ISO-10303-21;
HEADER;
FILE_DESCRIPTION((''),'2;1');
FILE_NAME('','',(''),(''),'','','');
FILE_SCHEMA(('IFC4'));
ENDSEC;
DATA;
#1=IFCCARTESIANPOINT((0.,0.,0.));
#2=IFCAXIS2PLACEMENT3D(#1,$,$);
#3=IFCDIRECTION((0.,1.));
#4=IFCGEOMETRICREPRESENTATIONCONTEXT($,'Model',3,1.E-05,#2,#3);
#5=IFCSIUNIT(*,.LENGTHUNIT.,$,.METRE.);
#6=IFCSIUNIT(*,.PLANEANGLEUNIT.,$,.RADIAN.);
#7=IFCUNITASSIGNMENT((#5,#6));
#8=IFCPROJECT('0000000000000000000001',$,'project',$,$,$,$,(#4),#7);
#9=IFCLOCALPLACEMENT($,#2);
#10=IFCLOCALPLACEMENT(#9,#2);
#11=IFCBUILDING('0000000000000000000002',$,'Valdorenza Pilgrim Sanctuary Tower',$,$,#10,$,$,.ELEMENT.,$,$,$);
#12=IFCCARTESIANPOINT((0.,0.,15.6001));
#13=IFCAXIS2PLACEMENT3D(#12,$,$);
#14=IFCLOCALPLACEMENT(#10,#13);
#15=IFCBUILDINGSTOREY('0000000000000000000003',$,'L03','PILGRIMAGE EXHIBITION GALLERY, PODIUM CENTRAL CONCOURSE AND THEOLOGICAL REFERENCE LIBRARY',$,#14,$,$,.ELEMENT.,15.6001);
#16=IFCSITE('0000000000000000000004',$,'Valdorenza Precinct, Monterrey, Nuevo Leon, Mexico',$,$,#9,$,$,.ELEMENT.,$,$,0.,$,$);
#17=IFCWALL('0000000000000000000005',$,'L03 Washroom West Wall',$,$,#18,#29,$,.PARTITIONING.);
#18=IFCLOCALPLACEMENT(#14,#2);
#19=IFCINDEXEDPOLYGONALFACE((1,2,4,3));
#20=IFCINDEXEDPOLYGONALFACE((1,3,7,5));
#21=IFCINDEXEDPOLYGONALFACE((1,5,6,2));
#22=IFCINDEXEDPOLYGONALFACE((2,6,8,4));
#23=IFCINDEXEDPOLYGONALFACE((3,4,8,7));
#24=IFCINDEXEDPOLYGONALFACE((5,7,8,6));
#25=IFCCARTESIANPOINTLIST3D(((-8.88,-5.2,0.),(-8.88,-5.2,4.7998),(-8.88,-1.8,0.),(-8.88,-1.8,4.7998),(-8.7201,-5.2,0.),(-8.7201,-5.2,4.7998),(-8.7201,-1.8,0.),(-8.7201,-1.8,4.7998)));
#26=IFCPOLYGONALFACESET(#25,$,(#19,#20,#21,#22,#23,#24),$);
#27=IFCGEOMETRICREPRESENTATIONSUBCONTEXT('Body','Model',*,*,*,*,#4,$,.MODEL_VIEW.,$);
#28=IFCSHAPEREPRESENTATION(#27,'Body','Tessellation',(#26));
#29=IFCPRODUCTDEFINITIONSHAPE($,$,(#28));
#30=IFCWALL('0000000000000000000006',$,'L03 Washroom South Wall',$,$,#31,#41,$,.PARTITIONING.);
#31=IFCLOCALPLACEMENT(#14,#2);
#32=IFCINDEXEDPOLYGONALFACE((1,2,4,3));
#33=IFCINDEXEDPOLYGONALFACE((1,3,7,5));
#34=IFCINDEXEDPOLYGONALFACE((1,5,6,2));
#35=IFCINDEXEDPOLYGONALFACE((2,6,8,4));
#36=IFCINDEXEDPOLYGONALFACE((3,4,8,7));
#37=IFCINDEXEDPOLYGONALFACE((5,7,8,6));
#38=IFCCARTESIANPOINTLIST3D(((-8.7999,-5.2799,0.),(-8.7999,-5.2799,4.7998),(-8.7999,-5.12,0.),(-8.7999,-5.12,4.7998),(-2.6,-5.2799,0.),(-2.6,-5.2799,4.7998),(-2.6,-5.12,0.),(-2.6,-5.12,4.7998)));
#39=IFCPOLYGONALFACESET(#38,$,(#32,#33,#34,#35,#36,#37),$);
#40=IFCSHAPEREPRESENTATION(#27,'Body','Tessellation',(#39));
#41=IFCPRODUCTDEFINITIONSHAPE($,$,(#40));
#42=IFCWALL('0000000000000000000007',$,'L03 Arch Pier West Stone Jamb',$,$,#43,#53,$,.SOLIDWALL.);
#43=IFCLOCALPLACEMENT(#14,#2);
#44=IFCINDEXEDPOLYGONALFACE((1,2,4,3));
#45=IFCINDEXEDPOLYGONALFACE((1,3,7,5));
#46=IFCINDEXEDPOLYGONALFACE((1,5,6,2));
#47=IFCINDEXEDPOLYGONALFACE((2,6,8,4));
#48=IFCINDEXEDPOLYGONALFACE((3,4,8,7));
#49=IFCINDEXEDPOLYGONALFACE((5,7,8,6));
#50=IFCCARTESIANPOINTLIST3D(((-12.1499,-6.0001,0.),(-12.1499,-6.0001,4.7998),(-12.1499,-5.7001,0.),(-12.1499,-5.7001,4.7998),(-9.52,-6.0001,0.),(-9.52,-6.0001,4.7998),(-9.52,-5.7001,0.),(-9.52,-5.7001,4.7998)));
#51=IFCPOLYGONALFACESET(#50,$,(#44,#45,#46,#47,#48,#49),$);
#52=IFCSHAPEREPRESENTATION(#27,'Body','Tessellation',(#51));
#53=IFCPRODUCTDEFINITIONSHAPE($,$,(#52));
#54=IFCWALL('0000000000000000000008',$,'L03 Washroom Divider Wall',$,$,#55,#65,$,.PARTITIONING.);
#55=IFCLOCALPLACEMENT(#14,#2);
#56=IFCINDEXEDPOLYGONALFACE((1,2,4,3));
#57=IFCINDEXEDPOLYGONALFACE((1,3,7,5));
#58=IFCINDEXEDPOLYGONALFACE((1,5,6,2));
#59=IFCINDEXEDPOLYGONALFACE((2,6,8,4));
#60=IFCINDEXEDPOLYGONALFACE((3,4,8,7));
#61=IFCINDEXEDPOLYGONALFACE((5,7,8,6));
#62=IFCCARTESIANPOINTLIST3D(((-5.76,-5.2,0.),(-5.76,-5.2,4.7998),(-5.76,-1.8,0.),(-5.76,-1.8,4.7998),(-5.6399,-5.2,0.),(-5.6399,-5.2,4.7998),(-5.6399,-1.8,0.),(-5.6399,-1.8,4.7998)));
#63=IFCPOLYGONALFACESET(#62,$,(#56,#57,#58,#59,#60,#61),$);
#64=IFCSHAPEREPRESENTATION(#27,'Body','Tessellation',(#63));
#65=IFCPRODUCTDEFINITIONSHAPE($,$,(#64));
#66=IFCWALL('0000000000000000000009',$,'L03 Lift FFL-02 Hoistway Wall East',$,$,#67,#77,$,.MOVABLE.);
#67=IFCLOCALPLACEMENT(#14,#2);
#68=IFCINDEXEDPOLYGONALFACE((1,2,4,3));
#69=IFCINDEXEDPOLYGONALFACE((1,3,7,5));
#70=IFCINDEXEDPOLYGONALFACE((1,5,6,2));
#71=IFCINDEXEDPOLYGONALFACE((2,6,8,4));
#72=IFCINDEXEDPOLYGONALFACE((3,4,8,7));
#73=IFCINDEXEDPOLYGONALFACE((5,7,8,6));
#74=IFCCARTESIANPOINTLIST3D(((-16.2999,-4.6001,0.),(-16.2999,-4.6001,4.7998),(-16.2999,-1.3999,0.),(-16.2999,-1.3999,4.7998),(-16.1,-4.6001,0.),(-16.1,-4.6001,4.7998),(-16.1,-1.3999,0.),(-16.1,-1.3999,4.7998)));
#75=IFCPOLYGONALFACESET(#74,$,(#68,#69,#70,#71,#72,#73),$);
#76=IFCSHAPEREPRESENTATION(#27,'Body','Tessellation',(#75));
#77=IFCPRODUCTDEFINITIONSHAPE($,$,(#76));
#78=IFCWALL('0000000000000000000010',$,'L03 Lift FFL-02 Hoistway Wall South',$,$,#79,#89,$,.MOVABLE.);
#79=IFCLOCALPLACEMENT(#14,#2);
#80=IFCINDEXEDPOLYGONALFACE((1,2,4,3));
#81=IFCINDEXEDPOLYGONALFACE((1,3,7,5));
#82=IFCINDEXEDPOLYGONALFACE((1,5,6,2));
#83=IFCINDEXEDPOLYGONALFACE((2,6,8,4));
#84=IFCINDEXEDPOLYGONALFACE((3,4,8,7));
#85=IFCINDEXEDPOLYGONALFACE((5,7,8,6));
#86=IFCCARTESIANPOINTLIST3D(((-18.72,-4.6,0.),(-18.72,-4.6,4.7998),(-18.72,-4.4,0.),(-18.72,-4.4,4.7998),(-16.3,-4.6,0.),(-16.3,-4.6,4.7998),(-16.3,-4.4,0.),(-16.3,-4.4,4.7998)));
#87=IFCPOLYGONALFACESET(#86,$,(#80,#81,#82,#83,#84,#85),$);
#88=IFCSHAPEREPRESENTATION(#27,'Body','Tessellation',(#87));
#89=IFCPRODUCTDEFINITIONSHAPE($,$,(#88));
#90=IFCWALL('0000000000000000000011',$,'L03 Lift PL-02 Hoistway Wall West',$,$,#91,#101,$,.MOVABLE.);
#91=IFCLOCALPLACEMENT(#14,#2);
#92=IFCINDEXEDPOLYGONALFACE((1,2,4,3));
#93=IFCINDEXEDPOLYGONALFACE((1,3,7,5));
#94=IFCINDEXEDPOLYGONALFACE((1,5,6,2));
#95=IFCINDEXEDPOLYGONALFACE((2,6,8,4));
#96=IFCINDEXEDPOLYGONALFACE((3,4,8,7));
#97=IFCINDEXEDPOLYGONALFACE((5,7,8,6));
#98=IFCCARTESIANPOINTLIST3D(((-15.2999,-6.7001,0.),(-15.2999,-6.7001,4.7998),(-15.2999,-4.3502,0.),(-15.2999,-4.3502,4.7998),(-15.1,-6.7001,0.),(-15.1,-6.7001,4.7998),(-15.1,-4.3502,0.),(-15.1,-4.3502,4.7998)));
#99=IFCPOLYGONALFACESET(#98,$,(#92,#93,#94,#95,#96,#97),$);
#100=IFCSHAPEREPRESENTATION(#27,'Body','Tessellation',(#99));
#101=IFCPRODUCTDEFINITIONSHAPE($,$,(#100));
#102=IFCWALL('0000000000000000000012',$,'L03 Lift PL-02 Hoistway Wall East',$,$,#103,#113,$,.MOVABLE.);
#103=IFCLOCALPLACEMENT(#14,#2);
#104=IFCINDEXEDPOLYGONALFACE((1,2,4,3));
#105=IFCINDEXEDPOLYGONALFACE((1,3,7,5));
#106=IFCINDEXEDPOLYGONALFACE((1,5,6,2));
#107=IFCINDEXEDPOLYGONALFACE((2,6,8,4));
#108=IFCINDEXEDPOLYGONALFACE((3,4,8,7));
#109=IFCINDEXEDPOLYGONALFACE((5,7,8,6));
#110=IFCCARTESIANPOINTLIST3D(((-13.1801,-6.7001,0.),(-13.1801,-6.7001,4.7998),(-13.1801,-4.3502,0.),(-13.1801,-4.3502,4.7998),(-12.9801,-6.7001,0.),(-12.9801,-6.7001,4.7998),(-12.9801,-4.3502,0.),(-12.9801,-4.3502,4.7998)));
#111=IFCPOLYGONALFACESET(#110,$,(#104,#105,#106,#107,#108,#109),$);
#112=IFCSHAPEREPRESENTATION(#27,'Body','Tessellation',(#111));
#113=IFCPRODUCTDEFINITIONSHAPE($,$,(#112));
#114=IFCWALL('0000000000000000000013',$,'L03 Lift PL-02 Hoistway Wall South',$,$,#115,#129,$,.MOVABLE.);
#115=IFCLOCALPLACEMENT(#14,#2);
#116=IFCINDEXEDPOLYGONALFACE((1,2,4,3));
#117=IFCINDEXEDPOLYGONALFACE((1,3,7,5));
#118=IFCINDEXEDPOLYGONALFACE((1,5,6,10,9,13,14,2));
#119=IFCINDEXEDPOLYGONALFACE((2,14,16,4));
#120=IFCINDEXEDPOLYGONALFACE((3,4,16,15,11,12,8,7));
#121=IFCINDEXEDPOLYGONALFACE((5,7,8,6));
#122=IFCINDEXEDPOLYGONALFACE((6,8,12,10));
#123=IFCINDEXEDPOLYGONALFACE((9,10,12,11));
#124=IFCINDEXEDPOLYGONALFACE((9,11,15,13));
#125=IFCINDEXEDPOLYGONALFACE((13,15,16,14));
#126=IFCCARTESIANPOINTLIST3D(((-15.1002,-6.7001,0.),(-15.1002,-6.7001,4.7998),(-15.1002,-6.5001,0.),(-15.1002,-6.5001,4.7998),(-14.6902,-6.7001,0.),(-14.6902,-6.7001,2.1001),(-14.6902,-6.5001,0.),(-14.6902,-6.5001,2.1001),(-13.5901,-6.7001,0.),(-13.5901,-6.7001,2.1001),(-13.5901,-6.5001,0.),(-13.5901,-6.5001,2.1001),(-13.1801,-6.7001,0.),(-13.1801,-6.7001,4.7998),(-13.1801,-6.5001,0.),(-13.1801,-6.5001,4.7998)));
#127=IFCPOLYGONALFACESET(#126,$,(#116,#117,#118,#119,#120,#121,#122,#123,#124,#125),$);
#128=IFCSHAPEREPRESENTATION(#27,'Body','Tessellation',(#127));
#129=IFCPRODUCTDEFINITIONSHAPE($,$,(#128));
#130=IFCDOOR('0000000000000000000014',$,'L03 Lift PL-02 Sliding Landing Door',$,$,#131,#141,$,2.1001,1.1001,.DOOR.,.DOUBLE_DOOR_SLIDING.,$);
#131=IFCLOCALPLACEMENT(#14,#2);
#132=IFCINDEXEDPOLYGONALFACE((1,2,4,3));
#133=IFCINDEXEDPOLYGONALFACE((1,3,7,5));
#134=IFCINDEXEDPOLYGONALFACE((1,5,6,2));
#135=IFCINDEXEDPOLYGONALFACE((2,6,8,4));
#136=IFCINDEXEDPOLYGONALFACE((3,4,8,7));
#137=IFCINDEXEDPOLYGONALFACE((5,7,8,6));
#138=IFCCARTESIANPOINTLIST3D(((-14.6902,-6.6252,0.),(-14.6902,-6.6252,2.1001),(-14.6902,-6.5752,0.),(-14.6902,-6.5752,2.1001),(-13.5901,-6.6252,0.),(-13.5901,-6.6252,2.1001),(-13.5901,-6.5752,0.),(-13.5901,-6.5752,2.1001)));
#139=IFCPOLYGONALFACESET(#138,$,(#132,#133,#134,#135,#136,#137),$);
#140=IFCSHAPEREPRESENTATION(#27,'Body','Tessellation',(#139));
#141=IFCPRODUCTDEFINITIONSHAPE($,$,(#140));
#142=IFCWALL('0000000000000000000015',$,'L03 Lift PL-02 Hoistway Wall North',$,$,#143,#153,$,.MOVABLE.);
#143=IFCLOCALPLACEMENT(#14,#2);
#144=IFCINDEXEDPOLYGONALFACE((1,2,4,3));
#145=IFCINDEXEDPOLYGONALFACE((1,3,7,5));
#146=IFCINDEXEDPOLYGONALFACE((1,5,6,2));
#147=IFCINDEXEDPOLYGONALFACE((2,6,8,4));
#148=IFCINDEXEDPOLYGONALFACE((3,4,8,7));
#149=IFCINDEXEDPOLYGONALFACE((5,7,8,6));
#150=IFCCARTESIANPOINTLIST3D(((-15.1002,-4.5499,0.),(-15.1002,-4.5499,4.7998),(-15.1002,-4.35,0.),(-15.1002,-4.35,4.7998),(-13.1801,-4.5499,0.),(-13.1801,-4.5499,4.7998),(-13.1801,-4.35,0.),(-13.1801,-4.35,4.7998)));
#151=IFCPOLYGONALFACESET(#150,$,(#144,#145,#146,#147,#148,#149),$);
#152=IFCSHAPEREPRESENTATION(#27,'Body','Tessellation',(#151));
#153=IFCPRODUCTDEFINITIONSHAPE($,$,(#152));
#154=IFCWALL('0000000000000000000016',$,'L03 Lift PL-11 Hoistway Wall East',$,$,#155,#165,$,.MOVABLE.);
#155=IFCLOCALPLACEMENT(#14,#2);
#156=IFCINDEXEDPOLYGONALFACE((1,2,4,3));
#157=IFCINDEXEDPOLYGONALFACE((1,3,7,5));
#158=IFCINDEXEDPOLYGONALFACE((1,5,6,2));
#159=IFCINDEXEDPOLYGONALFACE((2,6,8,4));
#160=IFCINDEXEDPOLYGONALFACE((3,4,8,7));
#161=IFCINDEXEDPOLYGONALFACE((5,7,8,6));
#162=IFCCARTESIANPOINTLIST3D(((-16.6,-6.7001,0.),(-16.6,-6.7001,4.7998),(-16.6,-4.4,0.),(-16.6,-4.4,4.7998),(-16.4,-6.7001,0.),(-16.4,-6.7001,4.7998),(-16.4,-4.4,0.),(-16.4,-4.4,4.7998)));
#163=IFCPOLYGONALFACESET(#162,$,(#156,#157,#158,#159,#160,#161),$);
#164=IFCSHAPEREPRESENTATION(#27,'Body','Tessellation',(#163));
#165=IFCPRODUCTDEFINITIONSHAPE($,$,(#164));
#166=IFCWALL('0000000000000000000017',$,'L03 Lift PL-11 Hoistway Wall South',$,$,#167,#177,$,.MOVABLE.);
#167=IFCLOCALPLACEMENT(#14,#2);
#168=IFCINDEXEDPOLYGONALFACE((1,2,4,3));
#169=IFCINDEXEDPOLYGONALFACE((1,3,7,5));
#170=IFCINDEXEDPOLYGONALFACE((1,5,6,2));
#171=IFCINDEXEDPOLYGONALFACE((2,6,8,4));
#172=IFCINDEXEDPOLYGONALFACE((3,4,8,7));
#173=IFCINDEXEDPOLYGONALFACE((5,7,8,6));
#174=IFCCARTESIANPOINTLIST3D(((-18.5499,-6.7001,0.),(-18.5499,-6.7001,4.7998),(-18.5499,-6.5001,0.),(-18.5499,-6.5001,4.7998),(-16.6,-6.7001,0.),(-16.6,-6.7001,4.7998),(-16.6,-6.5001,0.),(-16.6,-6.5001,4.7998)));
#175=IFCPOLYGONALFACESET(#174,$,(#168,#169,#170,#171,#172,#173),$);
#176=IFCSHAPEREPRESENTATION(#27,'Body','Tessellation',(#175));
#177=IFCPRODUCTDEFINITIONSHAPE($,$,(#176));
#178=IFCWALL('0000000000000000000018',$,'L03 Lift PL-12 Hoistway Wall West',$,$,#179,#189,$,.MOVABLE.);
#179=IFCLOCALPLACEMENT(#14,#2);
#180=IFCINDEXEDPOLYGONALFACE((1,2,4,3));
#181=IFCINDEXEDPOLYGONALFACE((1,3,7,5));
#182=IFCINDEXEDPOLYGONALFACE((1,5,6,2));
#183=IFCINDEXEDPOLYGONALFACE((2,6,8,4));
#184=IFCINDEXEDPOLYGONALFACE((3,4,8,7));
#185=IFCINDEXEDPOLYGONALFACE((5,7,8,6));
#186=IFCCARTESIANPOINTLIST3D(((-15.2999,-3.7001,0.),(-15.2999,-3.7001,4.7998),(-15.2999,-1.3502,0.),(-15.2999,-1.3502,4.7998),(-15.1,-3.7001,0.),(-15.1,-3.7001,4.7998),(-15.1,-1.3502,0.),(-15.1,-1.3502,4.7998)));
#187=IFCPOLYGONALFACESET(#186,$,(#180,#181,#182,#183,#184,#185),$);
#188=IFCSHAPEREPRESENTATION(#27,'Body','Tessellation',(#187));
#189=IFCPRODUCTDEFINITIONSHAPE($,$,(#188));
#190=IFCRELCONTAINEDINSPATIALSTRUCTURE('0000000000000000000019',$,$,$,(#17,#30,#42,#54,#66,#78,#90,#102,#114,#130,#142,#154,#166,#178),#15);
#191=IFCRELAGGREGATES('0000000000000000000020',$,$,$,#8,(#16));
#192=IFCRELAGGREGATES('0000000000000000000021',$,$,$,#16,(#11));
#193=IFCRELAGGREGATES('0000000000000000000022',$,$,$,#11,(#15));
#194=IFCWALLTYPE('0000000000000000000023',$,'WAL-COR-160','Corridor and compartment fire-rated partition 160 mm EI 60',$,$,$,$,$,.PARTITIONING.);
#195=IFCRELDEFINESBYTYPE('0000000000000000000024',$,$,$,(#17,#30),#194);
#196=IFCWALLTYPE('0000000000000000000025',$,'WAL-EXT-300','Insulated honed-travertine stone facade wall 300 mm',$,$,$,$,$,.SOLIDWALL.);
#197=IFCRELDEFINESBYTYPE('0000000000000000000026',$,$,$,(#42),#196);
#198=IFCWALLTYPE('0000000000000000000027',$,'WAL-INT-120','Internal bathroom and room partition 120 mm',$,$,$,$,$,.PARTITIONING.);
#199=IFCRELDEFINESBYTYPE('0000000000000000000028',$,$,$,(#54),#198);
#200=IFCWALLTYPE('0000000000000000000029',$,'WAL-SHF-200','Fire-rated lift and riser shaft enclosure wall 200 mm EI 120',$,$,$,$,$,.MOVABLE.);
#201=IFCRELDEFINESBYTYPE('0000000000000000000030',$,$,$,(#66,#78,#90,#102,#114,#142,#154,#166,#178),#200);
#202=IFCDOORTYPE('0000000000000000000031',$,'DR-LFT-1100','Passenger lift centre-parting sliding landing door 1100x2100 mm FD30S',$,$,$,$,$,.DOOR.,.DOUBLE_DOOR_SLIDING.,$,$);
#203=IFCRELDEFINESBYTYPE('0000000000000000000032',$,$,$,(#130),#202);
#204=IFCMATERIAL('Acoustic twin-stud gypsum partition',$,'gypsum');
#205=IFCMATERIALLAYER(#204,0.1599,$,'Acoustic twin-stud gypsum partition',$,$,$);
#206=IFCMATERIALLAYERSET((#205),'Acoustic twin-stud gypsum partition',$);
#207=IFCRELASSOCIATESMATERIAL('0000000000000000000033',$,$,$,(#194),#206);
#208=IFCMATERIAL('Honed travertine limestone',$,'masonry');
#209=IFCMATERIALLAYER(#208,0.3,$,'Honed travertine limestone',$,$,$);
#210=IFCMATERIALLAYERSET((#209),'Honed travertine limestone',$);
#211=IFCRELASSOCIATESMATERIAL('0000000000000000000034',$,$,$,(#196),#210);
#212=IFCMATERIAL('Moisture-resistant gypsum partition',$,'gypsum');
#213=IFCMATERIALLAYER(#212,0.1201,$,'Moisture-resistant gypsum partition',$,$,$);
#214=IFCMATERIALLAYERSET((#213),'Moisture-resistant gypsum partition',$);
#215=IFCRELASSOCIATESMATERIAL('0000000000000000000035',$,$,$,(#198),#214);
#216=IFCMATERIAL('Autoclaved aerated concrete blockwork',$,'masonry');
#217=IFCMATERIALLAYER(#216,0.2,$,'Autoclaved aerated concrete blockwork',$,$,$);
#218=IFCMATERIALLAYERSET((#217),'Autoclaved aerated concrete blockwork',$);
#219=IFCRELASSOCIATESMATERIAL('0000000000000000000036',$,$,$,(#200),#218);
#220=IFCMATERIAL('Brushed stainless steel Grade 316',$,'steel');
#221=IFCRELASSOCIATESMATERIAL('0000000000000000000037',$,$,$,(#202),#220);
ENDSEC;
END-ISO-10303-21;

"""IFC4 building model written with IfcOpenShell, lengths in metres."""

from ifc_helpers import new_model, si_unit, direction, frame, frame_2d, origin, place, context, subcontext, project, spatial, rectangle, extrude, material, layer, layer_set, type_object, element, fill, save


model = new_model("IFC4")

# Units and contexts
model_context = context("Model", 3, precision=1e-05, world=origin(), true_north=direction((0.0, 1.0)))
body_context = subcontext(model_context, "Body", "Model", "MODEL_VIEW")
ifc_project = project(units=[si_unit("LENGTHUNIT", "METRE"), si_unit("PLANEANGLEUNIT", "RADIAN")], contexts=[model_context])

# Site, building, storey
site_placement = place(None, origin())
site = spatial("IfcSite", under=ifc_project, at=site_placement, Name="Valdorenza Precinct, Monterrey, Nuevo Leon, Mexico", CompositionType="ELEMENT", RefElevation=0.0)
building_placement = place(site_placement, origin())
building = spatial("IfcBuilding", under=site, at=building_placement, Name="Valdorenza Pilgrim Sanctuary Tower", CompositionType="ELEMENT")
storey_placement = place(building_placement, frame((0.0, 0.0, 15.6001)))
storey = spatial("IfcBuildingStorey", under=building, at=storey_placement, Name="L03", Description="PILGRIMAGE EXHIBITION GALLERY, PODIUM CENTRAL CONCOURSE AND THEOLOGICAL REFERENCE LIBRARY", CompositionType="ELEMENT", Elevation=15.6001)

# Shared definitions
ifc_material_1 = material(Name="Honed travertine limestone", Category="masonry")

# Walls
ifc_material_2 = material(Name="Acoustic twin-stud gypsum partition", Category="gypsum")
ifc_layer_1 = layer(ifc_material_2, 0.1599, Name="Acoustic twin-stud gypsum partition")
ifc_layer_set_1 = layer_set([ifc_layer_1], Name="Acoustic twin-stud gypsum partition")
wall_type_1 = type_object("IfcWallType", Name="WAL-COR-160", Description="Corridor and compartment fire-rated partition 160 mm EI 60", PredefinedType="PARTITIONING", material=ifc_layer_set_1)
wall_1_placement = place(storey_placement, frame((-8.8, -5.2, 0.0), z_axis=(0.0, 0.0, 1.0), x_axis=(0.0, 1.0, 0.0)))
element("IfcWall", 1, at=wall_1_placement, inside=storey, type_object=wall_type_1, Name="L03 Washroom West Wall", PredefinedType="PARTITIONING", context=body_context, shape_type="SweptSolid", body=[
    extrude(rectangle(XDim=3.3999, YDim=0.1599, at=frame_2d((1.7, 0.0))), origin(), (0.0, 0.0, 1.0), 4.7998),
])
wall_2_placement = place(storey_placement, frame((-8.8, -5.2, 0.0), z_axis=(0.0, 0.0, 1.0), x_axis=(1.0, 0.0, 0.0)))
element("IfcWall", 2, at=wall_2_placement, inside=storey, type_object=wall_type_1, Name="L03 Washroom South Wall", PredefinedType="PARTITIONING", context=body_context, shape_type="SweptSolid", body=[
    extrude(rectangle(XDim=6.2, YDim=0.1599, at=frame_2d((3.1001, 0.0))), origin(), (0.0, 0.0, 1.0), 4.7998),
])
ifc_layer_2 = layer(ifc_material_1, 0.3, Name="Honed travertine limestone")
ifc_layer_set_2 = layer_set([ifc_layer_2], Name="Honed travertine limestone")
wall_type_2 = type_object("IfcWallType", Name="WAL-EXT-300", Description="Insulated honed-travertine stone facade wall 300 mm", PredefinedType="SOLIDWALL", material=ifc_layer_set_2)
wall_3_placement = place(storey_placement, frame((-12.1499, -5.8501, 0.0), z_axis=(0.0, 0.0, 1.0), x_axis=(1.0, 0.0, 0.0)))
element("IfcWall", 3, at=wall_3_placement, inside=storey, type_object=wall_type_2, Name="L03 Arch Pier West Stone Jamb", PredefinedType="SOLIDWALL", context=body_context, shape_type="SweptSolid", body=[
    extrude(rectangle(XDim=2.6299, YDim=0.3, at=frame_2d((1.3149, 0.0))), origin(), (0.0, 0.0, 1.0), 4.7998),
])
ifc_material_3 = material(Name="Moisture-resistant gypsum partition", Category="gypsum")
ifc_layer_3 = layer(ifc_material_3, 0.1201, Name="Moisture-resistant gypsum partition")
ifc_layer_set_3 = layer_set([ifc_layer_3], Name="Moisture-resistant gypsum partition")
wall_type_3 = type_object("IfcWallType", Name="WAL-INT-120", Description="Internal bathroom and room partition 120 mm", PredefinedType="PARTITIONING", material=ifc_layer_set_3)
wall_4_placement = place(storey_placement, frame((-5.7, -5.2, 0.0), z_axis=(0.0, 0.0, 1.0), x_axis=(0.0, 1.0, 0.0)))
element("IfcWall", 4, at=wall_4_placement, inside=storey, type_object=wall_type_3, Name="L03 Washroom Divider Wall", PredefinedType="PARTITIONING", context=body_context, shape_type="SweptSolid", body=[
    extrude(rectangle(XDim=3.3999, YDim=0.1201, at=frame_2d((1.7, 0.0))), origin(), (0.0, 0.0, 1.0), 4.7998),
])
ifc_material_4 = material(Name="Autoclaved aerated concrete blockwork", Category="masonry")
ifc_layer_4 = layer(ifc_material_4, 0.2, Name="Autoclaved aerated concrete blockwork")
ifc_layer_set_4 = layer_set([ifc_layer_4], Name="Autoclaved aerated concrete blockwork")
wall_type_4 = type_object("IfcWallType", Name="WAL-SHF-200", Description="Fire-rated lift and riser shaft enclosure wall 200 mm EI 120", PredefinedType="MOVABLE", material=ifc_layer_set_4)
wall_5_placement = place(storey_placement, frame((-16.2, -4.6001, 0.0), z_axis=(0.0, 0.0, 1.0), x_axis=(0.0, 1.0, 0.0)))
element("IfcWall", 5, at=wall_5_placement, inside=storey, type_object=wall_type_4, Name="L03 Lift FFL-02 Hoistway Wall East", PredefinedType="MOVABLE", context=body_context, shape_type="SweptSolid", body=[
    extrude(rectangle(XDim=3.2002, YDim=0.2, at=frame_2d((1.6001, 0.0))), origin(), (0.0, 0.0, 1.0), 4.7998),
])
wall_6_placement = place(storey_placement, frame((-18.72, -4.5, 0.0), z_axis=(0.0, 0.0, 1.0), x_axis=(1.0, 0.0, 0.0)))
element("IfcWall", 6, at=wall_6_placement, inside=storey, type_object=wall_type_4, Name="L03 Lift FFL-02 Hoistway Wall South", PredefinedType="MOVABLE", context=body_context, shape_type="SweptSolid", body=[
    extrude(rectangle(XDim=2.4199, YDim=0.2, at=frame_2d((1.21, 0.0))), origin(), (0.0, 0.0, 1.0), 4.7998),
])
for number, where, z_axis, x_axis, name in (
    (7, (-15.2, -6.7, 0.0), (0.0, 0.0, 1.0), (0.0, 1.0, 0.0), "L03 Lift PL-02 Hoistway Wall West"),
    (8, (-13.0801, -6.7, 0.0), (0.0, 0.0, 1.0), (0.0, 1.0, 0.0), "L03 Lift PL-02 Hoistway Wall East"),
):
    element("IfcWall", number, at=place(storey_placement, frame(where, z_axis=z_axis, x_axis=x_axis)), inside=storey, type_object=wall_type_4, Name=name, PredefinedType="MOVABLE", context=body_context, shape_type="SweptSolid", body=[
        extrude(rectangle(XDim=2.3499, YDim=0.2, at=frame_2d((1.1748, 0.0))), origin(), (0.0, 0.0, 1.0), 4.7998),
    ])

# Wall, opening, door
wall_7_placement = place(storey_placement, frame((-15.1001, -6.6001, 0.0), z_axis=(0.0, 0.0, 1.0), x_axis=(1.0, 0.0, 0.0)))
wall_7 = element("IfcWall", 9, at=wall_7_placement, inside=storey, type_object=wall_type_4, Name="L03 Lift PL-02 Hoistway Wall South", PredefinedType="MOVABLE", context=body_context, shape_type="SweptSolid", body=[
    extrude(rectangle(XDim=1.9202, YDim=0.2, at=frame_2d((0.96, 0.0))), origin(), (0.0, 0.0, 1.0), 4.7998),
])
opening_placement = place(wall_7_placement, frame((0.4099, 0.0, 0.0)))
opening = element("IfcOpeningElement", 10, at=opening_placement, cuts=wall_7, PredefinedType="OPENING", context=body_context, shape_type="SweptSolid", body=[
    extrude(rectangle(XDim=1.1001, YDim=2.1001, at=frame_2d((0.55, 1.05))), frame((0.0, 0.1147, 0.0), z_axis=(0.0, -1.0, 0.0), x_axis=(1.0, 0.0, 0.0)), (0.0, 0.0, 1.0), 0.2297),
])
ifc_material_5 = material(Name="Brushed stainless steel Grade 316", Category="steel")
door_type = type_object("IfcDoorType", Name="DR-LFT-1100", Description="Passenger lift centre-parting sliding landing door 1100x2100 mm FD30S", OperationType="DOUBLE_DOOR_SLIDING", PredefinedType="DOOR", material=ifc_material_5)
door_placement = place(opening_placement, origin())
door = element("IfcDoor", 11, at=door_placement, inside=storey, type_object=door_type, Name="L03 Lift PL-02 Sliding Landing Door", OperationType="DOUBLE_DOOR_SLIDING", OverallHeight=2.1001, OverallWidth=1.1001, PredefinedType="DOOR", context=body_context, shape_type="SweptSolid", body=[
    extrude(rectangle(XDim=1.1001, YDim=2.1001, at=frame_2d((0.55, 1.05))), frame((0.0, 0.0249, 0.0), z_axis=(0.0, -1.0, 0.0), x_axis=(1.0, 0.0, 0.0)), (0.0, 0.0, 1.0), 0.05),
])
fill(opening, door)

# Walls
wall_8_placement = place(storey_placement, frame((-15.1001, -4.45, 0.0), z_axis=(0.0, 0.0, 1.0), x_axis=(1.0, 0.0, 0.0)))
element("IfcWall", 12, at=wall_8_placement, inside=storey, type_object=wall_type_4, Name="L03 Lift PL-02 Hoistway Wall North", PredefinedType="MOVABLE", context=body_context, shape_type="SweptSolid", body=[
    extrude(rectangle(XDim=1.9202, YDim=0.2, at=frame_2d((0.96, 0.0))), origin(), (0.0, 0.0, 1.0), 4.7998),
])
wall_9_placement = place(storey_placement, frame((-16.5, -6.7, 0.0), z_axis=(0.0, 0.0, 1.0), x_axis=(0.0, 1.0, 0.0)))
element("IfcWall", 13, at=wall_9_placement, inside=storey, type_object=wall_type_4, Name="L03 Lift PL-11 Hoistway Wall East", PredefinedType="MOVABLE", context=body_context, shape_type="SweptSolid", body=[
    extrude(rectangle(XDim=2.3, YDim=0.2, at=frame_2d((1.1499, 0.0))), origin(), (0.0, 0.0, 1.0), 4.7998),
])
wall_10_placement = place(storey_placement, frame((-18.55, -6.6001, 0.0), z_axis=(0.0, 0.0, 1.0), x_axis=(1.0, 0.0, 0.0)))
element("IfcWall", 14, at=wall_10_placement, inside=storey, type_object=wall_type_4, Name="L03 Lift PL-11 Hoistway Wall South", PredefinedType="MOVABLE", context=body_context, shape_type="SweptSolid", body=[
    extrude(rectangle(XDim=1.95, YDim=0.2, at=frame_2d((0.9751, 0.0))), origin(), (0.0, 0.0, 1.0), 4.7998),
])
for number, where, z_axis, x_axis, name in (
    (15, (-15.2, -3.7, 0.0), (0.0, 0.0, 1.0), (0.0, 1.0, 0.0), "L03 Lift PL-12 Hoistway Wall West"),
):
    element("IfcWall", number, at=place(storey_placement, frame(where, z_axis=z_axis, x_axis=x_axis)), inside=storey, type_object=wall_type_4, Name=name, PredefinedType="MOVABLE", context=body_context, shape_type="SweptSolid", body=[
        extrude(rectangle(XDim=2.3499, YDim=0.2, at=frame_2d((1.1748, 0.0))), origin(), (0.0, 0.0, 1.0), 4.7998),
    ])

save(model, "model.ifc")
